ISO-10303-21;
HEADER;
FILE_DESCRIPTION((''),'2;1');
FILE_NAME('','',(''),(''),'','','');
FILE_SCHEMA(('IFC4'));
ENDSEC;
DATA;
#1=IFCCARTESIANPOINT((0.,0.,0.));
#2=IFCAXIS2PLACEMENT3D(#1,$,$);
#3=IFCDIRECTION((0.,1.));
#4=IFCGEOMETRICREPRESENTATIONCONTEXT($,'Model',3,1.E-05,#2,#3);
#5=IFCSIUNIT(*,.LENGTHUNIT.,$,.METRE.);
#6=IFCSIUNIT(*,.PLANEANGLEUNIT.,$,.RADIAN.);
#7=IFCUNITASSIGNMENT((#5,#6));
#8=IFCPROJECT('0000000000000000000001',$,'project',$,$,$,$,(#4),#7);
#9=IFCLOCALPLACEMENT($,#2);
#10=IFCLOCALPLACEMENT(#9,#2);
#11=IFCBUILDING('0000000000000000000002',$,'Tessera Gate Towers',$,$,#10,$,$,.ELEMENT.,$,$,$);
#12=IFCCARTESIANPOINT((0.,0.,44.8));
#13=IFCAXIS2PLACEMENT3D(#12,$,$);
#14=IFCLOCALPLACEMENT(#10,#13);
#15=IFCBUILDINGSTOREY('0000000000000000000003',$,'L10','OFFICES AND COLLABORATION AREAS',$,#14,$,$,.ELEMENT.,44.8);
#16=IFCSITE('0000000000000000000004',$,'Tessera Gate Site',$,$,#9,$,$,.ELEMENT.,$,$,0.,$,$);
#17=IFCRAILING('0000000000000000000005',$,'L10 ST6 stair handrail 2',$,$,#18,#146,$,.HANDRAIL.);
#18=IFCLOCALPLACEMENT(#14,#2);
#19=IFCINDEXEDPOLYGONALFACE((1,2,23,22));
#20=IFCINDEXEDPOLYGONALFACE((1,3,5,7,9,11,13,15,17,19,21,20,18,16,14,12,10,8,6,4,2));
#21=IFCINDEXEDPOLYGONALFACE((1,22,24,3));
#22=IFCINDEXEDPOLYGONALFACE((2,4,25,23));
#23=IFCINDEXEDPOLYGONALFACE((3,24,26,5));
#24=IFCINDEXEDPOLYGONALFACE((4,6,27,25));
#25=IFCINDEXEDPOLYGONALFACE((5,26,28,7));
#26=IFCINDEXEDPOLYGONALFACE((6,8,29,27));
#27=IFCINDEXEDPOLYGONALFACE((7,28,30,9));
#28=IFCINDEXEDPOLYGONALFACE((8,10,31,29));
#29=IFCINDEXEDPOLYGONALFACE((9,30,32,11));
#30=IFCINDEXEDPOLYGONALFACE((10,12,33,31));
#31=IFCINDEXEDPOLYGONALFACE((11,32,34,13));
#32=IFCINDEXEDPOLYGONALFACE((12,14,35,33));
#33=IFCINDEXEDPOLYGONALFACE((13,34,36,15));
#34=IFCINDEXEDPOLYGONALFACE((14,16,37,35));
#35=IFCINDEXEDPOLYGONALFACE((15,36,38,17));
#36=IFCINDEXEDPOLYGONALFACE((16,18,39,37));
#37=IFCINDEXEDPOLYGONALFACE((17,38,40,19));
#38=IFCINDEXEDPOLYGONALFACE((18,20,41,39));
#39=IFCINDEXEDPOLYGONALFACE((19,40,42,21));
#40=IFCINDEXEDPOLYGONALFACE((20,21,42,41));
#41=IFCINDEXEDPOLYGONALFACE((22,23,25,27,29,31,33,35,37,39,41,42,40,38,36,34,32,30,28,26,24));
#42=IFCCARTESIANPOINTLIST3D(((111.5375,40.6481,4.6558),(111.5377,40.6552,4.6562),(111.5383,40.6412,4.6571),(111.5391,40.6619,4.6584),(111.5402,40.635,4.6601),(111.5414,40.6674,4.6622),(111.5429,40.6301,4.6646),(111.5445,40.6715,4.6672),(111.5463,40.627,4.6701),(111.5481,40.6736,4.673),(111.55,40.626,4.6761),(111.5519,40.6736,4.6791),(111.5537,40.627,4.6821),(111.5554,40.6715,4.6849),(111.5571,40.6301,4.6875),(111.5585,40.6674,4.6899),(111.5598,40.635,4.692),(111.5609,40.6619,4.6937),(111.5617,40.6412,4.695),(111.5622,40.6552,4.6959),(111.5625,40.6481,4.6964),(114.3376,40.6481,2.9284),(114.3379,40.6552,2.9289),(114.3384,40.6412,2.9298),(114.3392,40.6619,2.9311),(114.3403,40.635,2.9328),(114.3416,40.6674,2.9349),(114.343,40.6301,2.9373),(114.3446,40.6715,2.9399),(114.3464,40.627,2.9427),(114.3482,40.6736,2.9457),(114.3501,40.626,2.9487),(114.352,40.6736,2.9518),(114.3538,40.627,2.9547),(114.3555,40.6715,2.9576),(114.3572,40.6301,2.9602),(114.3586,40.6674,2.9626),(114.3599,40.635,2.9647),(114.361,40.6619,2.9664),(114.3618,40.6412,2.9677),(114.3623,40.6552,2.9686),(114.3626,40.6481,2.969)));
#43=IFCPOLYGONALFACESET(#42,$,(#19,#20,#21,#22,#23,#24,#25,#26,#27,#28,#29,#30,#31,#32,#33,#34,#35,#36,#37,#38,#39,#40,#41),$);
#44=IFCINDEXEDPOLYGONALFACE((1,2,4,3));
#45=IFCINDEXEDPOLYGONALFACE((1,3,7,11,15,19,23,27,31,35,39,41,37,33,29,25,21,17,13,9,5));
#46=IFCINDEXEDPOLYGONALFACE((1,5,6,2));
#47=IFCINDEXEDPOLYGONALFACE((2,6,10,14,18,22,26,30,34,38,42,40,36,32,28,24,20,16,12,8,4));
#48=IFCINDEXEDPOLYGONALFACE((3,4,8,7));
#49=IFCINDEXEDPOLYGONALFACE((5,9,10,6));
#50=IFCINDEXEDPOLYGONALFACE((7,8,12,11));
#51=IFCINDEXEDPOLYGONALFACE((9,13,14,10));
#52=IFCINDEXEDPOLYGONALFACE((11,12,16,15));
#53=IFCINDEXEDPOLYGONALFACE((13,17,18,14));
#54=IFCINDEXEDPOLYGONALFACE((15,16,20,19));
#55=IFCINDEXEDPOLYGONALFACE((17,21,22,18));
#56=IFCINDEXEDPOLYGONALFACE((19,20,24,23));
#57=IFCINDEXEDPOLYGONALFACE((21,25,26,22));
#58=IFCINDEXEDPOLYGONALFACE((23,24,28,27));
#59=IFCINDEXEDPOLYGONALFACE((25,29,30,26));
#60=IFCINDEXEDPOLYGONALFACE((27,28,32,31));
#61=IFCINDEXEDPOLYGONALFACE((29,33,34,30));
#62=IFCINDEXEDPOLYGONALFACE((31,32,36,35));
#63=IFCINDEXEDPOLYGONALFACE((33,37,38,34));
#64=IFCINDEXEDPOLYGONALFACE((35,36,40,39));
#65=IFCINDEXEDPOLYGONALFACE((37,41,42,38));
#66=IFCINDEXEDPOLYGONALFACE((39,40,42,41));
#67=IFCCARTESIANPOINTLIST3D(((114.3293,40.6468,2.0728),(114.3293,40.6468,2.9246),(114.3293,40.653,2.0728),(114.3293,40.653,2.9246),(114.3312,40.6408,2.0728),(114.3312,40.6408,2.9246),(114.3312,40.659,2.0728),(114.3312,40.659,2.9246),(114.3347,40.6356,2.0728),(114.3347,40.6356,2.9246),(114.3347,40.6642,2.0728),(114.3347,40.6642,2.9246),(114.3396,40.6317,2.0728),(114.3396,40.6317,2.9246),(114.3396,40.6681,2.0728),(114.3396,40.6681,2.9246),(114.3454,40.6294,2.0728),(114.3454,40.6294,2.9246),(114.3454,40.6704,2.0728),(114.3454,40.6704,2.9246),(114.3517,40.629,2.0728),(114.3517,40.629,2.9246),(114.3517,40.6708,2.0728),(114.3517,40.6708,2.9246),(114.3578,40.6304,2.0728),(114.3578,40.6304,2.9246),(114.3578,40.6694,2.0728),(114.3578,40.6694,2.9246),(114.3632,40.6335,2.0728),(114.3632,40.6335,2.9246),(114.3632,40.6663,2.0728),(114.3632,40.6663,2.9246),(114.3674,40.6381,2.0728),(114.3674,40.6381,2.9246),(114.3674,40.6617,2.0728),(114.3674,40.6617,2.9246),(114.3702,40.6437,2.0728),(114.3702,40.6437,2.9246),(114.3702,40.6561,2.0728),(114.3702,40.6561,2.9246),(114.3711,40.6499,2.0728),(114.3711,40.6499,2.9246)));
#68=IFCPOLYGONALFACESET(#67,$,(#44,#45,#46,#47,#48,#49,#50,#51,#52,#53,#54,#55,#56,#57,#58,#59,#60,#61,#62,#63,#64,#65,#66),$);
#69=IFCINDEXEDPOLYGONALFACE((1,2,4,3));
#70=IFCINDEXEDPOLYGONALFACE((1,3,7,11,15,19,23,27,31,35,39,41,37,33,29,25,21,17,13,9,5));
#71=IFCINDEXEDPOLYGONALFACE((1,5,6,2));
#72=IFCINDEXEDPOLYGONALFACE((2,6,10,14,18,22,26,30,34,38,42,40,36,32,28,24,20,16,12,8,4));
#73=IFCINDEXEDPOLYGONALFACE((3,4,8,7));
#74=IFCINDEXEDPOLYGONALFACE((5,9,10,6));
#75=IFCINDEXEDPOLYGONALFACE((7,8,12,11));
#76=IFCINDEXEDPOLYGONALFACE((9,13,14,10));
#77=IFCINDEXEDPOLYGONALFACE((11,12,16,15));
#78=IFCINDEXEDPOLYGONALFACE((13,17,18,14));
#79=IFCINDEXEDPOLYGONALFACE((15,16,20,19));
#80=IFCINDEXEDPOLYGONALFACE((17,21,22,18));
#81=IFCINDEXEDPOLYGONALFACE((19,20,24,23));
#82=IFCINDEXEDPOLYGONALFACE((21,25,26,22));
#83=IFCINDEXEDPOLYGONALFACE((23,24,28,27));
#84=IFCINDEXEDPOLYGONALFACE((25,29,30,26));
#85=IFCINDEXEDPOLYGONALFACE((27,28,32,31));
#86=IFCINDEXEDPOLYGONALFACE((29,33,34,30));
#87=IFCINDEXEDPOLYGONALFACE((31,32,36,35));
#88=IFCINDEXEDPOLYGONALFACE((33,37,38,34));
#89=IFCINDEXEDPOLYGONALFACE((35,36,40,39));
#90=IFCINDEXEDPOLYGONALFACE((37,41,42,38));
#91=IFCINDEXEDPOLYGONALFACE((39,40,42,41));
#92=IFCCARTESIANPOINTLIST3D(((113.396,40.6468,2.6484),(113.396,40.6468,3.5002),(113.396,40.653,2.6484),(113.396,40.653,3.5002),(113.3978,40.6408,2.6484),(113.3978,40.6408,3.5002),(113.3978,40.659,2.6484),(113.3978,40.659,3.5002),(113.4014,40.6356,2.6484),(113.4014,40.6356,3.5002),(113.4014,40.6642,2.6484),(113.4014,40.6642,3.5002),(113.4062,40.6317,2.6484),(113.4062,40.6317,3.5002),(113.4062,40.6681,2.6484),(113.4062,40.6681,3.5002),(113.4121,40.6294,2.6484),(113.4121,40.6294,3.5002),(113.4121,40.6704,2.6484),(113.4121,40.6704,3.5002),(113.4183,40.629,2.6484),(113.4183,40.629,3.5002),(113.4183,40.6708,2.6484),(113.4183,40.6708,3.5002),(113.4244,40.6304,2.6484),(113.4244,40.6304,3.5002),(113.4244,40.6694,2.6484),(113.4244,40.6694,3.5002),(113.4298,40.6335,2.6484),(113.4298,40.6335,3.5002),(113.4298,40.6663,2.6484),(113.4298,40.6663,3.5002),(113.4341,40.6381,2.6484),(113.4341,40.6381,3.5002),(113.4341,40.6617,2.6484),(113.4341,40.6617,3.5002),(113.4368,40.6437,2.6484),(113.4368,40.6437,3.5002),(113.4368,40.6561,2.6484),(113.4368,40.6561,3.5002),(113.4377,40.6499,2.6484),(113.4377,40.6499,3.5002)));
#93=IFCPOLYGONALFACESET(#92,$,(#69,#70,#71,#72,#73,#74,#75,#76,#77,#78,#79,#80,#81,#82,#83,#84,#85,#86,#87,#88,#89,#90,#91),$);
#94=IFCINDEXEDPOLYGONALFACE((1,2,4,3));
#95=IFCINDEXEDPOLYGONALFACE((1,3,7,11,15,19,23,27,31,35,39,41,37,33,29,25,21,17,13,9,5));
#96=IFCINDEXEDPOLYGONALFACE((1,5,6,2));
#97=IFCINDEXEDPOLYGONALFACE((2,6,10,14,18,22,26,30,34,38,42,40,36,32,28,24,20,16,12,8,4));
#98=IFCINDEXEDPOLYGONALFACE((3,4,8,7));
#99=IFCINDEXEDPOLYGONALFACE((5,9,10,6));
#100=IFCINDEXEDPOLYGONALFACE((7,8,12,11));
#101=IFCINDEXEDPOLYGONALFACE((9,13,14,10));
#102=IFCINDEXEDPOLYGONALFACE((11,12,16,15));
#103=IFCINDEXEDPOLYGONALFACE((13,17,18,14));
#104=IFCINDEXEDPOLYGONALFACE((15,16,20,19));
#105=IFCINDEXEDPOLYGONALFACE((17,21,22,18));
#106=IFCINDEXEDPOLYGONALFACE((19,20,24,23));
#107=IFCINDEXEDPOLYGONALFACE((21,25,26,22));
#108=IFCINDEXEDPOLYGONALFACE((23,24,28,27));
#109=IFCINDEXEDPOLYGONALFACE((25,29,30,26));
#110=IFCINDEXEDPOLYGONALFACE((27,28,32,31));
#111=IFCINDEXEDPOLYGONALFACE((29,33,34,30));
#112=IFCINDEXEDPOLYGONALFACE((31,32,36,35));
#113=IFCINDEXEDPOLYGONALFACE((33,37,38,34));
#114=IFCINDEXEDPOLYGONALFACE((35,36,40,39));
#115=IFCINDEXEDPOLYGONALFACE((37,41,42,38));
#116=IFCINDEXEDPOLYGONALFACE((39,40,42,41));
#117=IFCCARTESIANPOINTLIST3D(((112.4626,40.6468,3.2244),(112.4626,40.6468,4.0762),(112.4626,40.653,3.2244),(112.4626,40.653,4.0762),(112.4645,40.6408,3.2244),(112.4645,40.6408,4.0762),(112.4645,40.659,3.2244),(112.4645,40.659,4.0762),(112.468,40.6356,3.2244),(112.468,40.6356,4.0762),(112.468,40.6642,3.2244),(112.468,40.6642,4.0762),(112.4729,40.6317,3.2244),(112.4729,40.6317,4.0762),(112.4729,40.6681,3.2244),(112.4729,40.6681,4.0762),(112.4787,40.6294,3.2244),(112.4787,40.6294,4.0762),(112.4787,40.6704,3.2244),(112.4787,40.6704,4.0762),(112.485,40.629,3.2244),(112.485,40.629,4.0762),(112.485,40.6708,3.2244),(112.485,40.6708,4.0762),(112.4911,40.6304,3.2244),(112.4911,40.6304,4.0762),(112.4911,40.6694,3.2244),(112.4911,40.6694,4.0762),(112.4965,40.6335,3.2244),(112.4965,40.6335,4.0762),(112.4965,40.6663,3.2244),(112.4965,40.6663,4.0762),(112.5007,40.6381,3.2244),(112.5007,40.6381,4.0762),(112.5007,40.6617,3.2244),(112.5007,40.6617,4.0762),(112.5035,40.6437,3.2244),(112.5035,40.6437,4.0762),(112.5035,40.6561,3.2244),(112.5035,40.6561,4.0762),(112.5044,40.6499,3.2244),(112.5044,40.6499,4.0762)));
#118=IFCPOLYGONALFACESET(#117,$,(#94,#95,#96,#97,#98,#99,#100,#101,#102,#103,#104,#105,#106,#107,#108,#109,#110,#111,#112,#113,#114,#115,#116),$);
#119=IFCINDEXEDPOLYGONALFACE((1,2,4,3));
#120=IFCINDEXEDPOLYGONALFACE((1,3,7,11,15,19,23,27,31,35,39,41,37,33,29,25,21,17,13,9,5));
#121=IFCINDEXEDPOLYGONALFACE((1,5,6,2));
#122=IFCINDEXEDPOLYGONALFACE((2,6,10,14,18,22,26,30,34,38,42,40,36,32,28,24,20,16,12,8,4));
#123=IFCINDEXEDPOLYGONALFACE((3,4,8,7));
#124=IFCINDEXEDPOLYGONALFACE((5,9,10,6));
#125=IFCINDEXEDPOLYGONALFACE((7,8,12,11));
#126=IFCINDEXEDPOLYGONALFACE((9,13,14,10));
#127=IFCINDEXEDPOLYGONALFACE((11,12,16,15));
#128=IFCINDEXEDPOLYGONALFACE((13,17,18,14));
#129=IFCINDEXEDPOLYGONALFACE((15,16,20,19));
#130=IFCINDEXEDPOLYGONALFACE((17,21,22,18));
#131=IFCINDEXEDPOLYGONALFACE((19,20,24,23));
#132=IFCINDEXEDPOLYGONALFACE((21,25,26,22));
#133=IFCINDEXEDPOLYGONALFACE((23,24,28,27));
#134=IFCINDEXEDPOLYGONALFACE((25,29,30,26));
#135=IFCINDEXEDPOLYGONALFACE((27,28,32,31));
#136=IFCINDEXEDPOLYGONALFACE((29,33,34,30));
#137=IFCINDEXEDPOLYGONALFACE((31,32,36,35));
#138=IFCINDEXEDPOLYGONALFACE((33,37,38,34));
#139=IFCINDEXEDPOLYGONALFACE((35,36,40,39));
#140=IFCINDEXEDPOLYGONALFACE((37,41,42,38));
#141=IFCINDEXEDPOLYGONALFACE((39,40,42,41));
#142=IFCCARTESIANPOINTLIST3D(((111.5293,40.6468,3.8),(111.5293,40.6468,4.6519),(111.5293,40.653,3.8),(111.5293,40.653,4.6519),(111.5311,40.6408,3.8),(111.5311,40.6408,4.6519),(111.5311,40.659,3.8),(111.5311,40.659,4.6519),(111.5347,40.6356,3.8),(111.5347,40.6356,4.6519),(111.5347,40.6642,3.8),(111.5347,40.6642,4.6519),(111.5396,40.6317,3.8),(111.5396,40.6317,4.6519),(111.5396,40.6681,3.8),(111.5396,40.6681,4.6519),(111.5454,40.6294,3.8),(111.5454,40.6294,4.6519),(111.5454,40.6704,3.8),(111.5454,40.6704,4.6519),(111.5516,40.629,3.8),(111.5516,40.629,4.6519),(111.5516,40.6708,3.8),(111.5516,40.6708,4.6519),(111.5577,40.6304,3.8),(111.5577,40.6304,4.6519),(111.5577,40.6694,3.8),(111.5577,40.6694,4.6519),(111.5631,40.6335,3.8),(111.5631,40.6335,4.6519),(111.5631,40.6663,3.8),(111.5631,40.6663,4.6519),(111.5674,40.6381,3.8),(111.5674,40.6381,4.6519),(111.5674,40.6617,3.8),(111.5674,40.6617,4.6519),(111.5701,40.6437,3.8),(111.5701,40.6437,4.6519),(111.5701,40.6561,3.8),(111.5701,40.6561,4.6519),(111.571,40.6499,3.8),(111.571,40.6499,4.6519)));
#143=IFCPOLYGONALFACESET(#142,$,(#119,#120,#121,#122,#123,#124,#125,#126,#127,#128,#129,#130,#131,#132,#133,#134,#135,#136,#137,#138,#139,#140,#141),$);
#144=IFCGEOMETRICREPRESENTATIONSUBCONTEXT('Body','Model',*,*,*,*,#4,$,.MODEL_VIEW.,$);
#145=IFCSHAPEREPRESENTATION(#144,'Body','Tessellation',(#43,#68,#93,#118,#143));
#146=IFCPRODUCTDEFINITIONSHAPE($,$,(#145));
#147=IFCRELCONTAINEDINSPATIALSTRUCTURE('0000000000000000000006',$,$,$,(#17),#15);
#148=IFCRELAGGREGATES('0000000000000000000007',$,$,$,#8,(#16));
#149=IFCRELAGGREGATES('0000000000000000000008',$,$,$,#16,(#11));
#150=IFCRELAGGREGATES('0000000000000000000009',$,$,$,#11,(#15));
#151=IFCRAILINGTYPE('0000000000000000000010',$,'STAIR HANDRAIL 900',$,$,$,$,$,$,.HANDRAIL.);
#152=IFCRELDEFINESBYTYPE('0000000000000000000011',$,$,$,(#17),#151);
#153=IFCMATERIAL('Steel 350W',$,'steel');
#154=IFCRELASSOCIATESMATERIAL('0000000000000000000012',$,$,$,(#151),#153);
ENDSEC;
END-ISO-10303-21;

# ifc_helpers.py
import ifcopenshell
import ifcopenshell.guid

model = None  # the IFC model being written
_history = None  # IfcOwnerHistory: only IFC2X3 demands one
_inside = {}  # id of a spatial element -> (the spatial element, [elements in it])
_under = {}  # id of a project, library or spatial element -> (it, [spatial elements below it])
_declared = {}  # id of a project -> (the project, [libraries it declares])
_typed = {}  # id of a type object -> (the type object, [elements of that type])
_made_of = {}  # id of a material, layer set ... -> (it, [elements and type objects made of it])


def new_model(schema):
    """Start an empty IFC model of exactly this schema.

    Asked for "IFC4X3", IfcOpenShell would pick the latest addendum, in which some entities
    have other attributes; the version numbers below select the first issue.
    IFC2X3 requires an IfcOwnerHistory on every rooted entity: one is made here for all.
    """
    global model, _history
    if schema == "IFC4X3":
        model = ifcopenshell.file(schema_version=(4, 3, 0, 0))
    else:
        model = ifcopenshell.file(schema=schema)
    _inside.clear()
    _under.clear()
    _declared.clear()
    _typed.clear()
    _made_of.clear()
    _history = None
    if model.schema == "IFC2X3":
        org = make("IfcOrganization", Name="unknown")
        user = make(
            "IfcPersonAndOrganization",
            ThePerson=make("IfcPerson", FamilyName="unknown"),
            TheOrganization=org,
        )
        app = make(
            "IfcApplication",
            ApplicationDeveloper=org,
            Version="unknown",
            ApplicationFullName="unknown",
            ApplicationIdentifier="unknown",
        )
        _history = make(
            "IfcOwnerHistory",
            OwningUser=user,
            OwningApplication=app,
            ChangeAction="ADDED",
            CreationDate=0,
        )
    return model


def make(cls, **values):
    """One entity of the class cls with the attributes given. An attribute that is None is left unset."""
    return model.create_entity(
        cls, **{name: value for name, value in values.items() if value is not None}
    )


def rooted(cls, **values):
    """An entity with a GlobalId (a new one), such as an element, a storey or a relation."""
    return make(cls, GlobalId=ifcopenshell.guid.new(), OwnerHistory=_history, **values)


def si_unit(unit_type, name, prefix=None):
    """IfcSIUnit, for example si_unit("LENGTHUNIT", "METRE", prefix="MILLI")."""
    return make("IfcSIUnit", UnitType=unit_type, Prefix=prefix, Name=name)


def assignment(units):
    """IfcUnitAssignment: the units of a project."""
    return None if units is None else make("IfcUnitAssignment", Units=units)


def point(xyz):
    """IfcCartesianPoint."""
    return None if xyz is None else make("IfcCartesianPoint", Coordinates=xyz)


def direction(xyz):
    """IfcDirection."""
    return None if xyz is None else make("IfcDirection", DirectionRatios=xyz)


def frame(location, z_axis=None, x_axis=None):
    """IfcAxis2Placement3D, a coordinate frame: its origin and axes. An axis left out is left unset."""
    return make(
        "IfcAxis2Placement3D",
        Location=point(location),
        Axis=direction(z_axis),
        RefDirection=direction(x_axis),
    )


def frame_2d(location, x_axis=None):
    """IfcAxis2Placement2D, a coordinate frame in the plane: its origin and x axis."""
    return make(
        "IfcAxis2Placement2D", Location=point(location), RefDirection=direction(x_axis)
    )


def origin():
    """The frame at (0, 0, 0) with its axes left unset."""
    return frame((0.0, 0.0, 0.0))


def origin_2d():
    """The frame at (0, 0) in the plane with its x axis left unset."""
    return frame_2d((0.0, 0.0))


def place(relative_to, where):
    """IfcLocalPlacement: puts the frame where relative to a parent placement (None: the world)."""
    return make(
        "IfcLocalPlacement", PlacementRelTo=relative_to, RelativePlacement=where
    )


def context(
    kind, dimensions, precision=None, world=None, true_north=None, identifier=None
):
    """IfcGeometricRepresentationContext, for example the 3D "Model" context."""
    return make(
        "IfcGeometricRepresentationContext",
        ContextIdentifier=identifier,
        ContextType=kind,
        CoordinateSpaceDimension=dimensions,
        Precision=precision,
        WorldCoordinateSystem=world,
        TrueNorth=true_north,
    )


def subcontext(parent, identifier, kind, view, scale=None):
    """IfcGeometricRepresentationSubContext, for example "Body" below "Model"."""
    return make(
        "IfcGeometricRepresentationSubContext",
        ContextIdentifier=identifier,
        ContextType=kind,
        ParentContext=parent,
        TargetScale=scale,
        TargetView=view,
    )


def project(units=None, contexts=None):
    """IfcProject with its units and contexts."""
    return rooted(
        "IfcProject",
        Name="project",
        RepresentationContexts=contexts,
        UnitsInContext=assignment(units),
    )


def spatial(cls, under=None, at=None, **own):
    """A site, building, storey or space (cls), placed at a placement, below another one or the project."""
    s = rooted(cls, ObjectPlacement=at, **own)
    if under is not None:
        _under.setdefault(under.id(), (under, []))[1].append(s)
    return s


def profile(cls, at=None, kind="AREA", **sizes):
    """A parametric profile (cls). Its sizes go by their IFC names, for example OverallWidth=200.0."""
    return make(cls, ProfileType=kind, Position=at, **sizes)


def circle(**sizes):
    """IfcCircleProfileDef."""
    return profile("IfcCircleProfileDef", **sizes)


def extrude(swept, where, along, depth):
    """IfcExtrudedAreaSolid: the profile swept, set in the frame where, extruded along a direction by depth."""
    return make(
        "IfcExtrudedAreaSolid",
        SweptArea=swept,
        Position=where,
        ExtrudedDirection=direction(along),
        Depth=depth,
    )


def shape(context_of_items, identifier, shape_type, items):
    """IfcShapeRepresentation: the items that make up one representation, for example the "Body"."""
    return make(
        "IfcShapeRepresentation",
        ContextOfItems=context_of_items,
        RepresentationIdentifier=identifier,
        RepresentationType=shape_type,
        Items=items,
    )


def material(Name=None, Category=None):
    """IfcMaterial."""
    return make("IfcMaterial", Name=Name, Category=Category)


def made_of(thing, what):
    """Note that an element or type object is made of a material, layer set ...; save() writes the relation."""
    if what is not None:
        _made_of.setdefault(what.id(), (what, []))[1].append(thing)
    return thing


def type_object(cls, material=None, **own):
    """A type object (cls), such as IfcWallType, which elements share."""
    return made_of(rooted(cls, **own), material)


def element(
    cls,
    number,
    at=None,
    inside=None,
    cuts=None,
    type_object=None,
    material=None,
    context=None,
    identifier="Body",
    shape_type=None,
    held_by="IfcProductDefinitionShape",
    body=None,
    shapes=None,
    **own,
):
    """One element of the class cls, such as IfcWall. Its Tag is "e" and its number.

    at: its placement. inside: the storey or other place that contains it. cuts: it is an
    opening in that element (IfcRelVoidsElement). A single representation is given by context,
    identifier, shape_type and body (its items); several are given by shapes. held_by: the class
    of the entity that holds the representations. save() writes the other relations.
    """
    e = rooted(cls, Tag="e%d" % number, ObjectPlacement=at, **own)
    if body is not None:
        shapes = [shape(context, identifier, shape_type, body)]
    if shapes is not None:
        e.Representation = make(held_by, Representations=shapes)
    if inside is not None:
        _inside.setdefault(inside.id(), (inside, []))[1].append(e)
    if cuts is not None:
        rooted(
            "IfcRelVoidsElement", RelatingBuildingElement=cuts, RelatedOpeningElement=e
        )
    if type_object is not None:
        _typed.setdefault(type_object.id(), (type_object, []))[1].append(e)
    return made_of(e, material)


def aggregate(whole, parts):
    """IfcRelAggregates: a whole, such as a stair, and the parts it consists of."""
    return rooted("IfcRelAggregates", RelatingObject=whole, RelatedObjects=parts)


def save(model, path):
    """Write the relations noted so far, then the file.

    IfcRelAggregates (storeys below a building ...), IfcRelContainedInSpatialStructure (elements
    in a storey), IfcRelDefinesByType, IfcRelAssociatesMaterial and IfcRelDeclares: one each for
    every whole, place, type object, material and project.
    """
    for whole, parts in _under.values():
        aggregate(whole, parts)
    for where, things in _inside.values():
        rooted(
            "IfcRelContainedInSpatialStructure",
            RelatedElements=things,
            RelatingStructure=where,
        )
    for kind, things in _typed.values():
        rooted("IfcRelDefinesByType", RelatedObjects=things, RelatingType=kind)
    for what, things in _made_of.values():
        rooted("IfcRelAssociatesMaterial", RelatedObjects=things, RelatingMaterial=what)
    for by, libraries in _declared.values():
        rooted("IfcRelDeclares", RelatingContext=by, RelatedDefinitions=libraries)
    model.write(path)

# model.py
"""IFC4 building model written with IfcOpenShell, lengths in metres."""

from ifc_helpers import new_model, si_unit, direction, frame, origin, origin_2d, place, context, subcontext, project, spatial, circle, extrude, material, type_object, element, save


model = new_model("IFC4")

# Units and contexts
model_context = context("Model", 3, precision=1e-05, world=origin(), true_north=direction((0.0, 1.0)))
body_context = subcontext(model_context, "Body", "Model", "MODEL_VIEW")
ifc_project = project(units=[si_unit("LENGTHUNIT", "METRE"), si_unit("PLANEANGLEUNIT", "RADIAN")], contexts=[model_context])

# Site, building, storey
site_placement = place(None, origin())
site = spatial("IfcSite", under=ifc_project, at=site_placement, Name="Tessera Gate Site", CompositionType="ELEMENT", RefElevation=0.0)
building_placement = place(site_placement, origin())
building = spatial("IfcBuilding", under=site, at=building_placement, Name="Tessera Gate Towers", CompositionType="ELEMENT")
storey_placement = place(building_placement, frame((0.0, 0.0, 44.8)))
storey = spatial("IfcBuildingStorey", under=building, at=storey_placement, Name="L10", Description="OFFICES AND COLLABORATION AREAS", CompositionType="ELEMENT", Elevation=44.8)

# Railing
ifc_material_1 = material(Name="Steel 350W", Category="steel")
railing_type_1 = type_object("IfcRailingType", Name="STAIR HANDRAIL 900", PredefinedType="HANDRAIL", material=ifc_material_1)
railing_1_placement = place(storey_placement, frame((114.3501, 40.6499, 2.0728)))
element("IfcRailing", 1, at=railing_1_placement, inside=storey, type_object=railing_type_1, Name="L10 ST6 stair handrail 2", PredefinedType="HANDRAIL", context=body_context, shape_type="SweptSolid", body=[
    extrude(circle(Radius=0.0239, at=origin_2d()), frame((0.0, 0.0, 0.876), z_axis=(-0.85109, 0.0, 0.52502), x_axis=(0.0, -1.0, 0.0)), (0.0, 0.0, 1.0), 3.29),
    extrude(circle(Radius=0.021, at=origin_2d()), origin(), (0.0, 0.0, 1.0), 0.8518),
    extrude(circle(Radius=0.021, at=origin_2d()), frame((-0.9333, 0.0, 0.5757)), (0.0, 0.0, 1.0), 0.8518),
    extrude(circle(Radius=0.021, at=origin_2d()), frame((-1.8667, 0.0, 1.1516)), (0.0, 0.0, 1.0), 0.8518),
    extrude(circle(Radius=0.021, at=origin_2d()), frame((-2.8, 0.0, 1.7273)), (0.0, 0.0, 1.0), 0.8518),
])

save(model, "model.ifc")
